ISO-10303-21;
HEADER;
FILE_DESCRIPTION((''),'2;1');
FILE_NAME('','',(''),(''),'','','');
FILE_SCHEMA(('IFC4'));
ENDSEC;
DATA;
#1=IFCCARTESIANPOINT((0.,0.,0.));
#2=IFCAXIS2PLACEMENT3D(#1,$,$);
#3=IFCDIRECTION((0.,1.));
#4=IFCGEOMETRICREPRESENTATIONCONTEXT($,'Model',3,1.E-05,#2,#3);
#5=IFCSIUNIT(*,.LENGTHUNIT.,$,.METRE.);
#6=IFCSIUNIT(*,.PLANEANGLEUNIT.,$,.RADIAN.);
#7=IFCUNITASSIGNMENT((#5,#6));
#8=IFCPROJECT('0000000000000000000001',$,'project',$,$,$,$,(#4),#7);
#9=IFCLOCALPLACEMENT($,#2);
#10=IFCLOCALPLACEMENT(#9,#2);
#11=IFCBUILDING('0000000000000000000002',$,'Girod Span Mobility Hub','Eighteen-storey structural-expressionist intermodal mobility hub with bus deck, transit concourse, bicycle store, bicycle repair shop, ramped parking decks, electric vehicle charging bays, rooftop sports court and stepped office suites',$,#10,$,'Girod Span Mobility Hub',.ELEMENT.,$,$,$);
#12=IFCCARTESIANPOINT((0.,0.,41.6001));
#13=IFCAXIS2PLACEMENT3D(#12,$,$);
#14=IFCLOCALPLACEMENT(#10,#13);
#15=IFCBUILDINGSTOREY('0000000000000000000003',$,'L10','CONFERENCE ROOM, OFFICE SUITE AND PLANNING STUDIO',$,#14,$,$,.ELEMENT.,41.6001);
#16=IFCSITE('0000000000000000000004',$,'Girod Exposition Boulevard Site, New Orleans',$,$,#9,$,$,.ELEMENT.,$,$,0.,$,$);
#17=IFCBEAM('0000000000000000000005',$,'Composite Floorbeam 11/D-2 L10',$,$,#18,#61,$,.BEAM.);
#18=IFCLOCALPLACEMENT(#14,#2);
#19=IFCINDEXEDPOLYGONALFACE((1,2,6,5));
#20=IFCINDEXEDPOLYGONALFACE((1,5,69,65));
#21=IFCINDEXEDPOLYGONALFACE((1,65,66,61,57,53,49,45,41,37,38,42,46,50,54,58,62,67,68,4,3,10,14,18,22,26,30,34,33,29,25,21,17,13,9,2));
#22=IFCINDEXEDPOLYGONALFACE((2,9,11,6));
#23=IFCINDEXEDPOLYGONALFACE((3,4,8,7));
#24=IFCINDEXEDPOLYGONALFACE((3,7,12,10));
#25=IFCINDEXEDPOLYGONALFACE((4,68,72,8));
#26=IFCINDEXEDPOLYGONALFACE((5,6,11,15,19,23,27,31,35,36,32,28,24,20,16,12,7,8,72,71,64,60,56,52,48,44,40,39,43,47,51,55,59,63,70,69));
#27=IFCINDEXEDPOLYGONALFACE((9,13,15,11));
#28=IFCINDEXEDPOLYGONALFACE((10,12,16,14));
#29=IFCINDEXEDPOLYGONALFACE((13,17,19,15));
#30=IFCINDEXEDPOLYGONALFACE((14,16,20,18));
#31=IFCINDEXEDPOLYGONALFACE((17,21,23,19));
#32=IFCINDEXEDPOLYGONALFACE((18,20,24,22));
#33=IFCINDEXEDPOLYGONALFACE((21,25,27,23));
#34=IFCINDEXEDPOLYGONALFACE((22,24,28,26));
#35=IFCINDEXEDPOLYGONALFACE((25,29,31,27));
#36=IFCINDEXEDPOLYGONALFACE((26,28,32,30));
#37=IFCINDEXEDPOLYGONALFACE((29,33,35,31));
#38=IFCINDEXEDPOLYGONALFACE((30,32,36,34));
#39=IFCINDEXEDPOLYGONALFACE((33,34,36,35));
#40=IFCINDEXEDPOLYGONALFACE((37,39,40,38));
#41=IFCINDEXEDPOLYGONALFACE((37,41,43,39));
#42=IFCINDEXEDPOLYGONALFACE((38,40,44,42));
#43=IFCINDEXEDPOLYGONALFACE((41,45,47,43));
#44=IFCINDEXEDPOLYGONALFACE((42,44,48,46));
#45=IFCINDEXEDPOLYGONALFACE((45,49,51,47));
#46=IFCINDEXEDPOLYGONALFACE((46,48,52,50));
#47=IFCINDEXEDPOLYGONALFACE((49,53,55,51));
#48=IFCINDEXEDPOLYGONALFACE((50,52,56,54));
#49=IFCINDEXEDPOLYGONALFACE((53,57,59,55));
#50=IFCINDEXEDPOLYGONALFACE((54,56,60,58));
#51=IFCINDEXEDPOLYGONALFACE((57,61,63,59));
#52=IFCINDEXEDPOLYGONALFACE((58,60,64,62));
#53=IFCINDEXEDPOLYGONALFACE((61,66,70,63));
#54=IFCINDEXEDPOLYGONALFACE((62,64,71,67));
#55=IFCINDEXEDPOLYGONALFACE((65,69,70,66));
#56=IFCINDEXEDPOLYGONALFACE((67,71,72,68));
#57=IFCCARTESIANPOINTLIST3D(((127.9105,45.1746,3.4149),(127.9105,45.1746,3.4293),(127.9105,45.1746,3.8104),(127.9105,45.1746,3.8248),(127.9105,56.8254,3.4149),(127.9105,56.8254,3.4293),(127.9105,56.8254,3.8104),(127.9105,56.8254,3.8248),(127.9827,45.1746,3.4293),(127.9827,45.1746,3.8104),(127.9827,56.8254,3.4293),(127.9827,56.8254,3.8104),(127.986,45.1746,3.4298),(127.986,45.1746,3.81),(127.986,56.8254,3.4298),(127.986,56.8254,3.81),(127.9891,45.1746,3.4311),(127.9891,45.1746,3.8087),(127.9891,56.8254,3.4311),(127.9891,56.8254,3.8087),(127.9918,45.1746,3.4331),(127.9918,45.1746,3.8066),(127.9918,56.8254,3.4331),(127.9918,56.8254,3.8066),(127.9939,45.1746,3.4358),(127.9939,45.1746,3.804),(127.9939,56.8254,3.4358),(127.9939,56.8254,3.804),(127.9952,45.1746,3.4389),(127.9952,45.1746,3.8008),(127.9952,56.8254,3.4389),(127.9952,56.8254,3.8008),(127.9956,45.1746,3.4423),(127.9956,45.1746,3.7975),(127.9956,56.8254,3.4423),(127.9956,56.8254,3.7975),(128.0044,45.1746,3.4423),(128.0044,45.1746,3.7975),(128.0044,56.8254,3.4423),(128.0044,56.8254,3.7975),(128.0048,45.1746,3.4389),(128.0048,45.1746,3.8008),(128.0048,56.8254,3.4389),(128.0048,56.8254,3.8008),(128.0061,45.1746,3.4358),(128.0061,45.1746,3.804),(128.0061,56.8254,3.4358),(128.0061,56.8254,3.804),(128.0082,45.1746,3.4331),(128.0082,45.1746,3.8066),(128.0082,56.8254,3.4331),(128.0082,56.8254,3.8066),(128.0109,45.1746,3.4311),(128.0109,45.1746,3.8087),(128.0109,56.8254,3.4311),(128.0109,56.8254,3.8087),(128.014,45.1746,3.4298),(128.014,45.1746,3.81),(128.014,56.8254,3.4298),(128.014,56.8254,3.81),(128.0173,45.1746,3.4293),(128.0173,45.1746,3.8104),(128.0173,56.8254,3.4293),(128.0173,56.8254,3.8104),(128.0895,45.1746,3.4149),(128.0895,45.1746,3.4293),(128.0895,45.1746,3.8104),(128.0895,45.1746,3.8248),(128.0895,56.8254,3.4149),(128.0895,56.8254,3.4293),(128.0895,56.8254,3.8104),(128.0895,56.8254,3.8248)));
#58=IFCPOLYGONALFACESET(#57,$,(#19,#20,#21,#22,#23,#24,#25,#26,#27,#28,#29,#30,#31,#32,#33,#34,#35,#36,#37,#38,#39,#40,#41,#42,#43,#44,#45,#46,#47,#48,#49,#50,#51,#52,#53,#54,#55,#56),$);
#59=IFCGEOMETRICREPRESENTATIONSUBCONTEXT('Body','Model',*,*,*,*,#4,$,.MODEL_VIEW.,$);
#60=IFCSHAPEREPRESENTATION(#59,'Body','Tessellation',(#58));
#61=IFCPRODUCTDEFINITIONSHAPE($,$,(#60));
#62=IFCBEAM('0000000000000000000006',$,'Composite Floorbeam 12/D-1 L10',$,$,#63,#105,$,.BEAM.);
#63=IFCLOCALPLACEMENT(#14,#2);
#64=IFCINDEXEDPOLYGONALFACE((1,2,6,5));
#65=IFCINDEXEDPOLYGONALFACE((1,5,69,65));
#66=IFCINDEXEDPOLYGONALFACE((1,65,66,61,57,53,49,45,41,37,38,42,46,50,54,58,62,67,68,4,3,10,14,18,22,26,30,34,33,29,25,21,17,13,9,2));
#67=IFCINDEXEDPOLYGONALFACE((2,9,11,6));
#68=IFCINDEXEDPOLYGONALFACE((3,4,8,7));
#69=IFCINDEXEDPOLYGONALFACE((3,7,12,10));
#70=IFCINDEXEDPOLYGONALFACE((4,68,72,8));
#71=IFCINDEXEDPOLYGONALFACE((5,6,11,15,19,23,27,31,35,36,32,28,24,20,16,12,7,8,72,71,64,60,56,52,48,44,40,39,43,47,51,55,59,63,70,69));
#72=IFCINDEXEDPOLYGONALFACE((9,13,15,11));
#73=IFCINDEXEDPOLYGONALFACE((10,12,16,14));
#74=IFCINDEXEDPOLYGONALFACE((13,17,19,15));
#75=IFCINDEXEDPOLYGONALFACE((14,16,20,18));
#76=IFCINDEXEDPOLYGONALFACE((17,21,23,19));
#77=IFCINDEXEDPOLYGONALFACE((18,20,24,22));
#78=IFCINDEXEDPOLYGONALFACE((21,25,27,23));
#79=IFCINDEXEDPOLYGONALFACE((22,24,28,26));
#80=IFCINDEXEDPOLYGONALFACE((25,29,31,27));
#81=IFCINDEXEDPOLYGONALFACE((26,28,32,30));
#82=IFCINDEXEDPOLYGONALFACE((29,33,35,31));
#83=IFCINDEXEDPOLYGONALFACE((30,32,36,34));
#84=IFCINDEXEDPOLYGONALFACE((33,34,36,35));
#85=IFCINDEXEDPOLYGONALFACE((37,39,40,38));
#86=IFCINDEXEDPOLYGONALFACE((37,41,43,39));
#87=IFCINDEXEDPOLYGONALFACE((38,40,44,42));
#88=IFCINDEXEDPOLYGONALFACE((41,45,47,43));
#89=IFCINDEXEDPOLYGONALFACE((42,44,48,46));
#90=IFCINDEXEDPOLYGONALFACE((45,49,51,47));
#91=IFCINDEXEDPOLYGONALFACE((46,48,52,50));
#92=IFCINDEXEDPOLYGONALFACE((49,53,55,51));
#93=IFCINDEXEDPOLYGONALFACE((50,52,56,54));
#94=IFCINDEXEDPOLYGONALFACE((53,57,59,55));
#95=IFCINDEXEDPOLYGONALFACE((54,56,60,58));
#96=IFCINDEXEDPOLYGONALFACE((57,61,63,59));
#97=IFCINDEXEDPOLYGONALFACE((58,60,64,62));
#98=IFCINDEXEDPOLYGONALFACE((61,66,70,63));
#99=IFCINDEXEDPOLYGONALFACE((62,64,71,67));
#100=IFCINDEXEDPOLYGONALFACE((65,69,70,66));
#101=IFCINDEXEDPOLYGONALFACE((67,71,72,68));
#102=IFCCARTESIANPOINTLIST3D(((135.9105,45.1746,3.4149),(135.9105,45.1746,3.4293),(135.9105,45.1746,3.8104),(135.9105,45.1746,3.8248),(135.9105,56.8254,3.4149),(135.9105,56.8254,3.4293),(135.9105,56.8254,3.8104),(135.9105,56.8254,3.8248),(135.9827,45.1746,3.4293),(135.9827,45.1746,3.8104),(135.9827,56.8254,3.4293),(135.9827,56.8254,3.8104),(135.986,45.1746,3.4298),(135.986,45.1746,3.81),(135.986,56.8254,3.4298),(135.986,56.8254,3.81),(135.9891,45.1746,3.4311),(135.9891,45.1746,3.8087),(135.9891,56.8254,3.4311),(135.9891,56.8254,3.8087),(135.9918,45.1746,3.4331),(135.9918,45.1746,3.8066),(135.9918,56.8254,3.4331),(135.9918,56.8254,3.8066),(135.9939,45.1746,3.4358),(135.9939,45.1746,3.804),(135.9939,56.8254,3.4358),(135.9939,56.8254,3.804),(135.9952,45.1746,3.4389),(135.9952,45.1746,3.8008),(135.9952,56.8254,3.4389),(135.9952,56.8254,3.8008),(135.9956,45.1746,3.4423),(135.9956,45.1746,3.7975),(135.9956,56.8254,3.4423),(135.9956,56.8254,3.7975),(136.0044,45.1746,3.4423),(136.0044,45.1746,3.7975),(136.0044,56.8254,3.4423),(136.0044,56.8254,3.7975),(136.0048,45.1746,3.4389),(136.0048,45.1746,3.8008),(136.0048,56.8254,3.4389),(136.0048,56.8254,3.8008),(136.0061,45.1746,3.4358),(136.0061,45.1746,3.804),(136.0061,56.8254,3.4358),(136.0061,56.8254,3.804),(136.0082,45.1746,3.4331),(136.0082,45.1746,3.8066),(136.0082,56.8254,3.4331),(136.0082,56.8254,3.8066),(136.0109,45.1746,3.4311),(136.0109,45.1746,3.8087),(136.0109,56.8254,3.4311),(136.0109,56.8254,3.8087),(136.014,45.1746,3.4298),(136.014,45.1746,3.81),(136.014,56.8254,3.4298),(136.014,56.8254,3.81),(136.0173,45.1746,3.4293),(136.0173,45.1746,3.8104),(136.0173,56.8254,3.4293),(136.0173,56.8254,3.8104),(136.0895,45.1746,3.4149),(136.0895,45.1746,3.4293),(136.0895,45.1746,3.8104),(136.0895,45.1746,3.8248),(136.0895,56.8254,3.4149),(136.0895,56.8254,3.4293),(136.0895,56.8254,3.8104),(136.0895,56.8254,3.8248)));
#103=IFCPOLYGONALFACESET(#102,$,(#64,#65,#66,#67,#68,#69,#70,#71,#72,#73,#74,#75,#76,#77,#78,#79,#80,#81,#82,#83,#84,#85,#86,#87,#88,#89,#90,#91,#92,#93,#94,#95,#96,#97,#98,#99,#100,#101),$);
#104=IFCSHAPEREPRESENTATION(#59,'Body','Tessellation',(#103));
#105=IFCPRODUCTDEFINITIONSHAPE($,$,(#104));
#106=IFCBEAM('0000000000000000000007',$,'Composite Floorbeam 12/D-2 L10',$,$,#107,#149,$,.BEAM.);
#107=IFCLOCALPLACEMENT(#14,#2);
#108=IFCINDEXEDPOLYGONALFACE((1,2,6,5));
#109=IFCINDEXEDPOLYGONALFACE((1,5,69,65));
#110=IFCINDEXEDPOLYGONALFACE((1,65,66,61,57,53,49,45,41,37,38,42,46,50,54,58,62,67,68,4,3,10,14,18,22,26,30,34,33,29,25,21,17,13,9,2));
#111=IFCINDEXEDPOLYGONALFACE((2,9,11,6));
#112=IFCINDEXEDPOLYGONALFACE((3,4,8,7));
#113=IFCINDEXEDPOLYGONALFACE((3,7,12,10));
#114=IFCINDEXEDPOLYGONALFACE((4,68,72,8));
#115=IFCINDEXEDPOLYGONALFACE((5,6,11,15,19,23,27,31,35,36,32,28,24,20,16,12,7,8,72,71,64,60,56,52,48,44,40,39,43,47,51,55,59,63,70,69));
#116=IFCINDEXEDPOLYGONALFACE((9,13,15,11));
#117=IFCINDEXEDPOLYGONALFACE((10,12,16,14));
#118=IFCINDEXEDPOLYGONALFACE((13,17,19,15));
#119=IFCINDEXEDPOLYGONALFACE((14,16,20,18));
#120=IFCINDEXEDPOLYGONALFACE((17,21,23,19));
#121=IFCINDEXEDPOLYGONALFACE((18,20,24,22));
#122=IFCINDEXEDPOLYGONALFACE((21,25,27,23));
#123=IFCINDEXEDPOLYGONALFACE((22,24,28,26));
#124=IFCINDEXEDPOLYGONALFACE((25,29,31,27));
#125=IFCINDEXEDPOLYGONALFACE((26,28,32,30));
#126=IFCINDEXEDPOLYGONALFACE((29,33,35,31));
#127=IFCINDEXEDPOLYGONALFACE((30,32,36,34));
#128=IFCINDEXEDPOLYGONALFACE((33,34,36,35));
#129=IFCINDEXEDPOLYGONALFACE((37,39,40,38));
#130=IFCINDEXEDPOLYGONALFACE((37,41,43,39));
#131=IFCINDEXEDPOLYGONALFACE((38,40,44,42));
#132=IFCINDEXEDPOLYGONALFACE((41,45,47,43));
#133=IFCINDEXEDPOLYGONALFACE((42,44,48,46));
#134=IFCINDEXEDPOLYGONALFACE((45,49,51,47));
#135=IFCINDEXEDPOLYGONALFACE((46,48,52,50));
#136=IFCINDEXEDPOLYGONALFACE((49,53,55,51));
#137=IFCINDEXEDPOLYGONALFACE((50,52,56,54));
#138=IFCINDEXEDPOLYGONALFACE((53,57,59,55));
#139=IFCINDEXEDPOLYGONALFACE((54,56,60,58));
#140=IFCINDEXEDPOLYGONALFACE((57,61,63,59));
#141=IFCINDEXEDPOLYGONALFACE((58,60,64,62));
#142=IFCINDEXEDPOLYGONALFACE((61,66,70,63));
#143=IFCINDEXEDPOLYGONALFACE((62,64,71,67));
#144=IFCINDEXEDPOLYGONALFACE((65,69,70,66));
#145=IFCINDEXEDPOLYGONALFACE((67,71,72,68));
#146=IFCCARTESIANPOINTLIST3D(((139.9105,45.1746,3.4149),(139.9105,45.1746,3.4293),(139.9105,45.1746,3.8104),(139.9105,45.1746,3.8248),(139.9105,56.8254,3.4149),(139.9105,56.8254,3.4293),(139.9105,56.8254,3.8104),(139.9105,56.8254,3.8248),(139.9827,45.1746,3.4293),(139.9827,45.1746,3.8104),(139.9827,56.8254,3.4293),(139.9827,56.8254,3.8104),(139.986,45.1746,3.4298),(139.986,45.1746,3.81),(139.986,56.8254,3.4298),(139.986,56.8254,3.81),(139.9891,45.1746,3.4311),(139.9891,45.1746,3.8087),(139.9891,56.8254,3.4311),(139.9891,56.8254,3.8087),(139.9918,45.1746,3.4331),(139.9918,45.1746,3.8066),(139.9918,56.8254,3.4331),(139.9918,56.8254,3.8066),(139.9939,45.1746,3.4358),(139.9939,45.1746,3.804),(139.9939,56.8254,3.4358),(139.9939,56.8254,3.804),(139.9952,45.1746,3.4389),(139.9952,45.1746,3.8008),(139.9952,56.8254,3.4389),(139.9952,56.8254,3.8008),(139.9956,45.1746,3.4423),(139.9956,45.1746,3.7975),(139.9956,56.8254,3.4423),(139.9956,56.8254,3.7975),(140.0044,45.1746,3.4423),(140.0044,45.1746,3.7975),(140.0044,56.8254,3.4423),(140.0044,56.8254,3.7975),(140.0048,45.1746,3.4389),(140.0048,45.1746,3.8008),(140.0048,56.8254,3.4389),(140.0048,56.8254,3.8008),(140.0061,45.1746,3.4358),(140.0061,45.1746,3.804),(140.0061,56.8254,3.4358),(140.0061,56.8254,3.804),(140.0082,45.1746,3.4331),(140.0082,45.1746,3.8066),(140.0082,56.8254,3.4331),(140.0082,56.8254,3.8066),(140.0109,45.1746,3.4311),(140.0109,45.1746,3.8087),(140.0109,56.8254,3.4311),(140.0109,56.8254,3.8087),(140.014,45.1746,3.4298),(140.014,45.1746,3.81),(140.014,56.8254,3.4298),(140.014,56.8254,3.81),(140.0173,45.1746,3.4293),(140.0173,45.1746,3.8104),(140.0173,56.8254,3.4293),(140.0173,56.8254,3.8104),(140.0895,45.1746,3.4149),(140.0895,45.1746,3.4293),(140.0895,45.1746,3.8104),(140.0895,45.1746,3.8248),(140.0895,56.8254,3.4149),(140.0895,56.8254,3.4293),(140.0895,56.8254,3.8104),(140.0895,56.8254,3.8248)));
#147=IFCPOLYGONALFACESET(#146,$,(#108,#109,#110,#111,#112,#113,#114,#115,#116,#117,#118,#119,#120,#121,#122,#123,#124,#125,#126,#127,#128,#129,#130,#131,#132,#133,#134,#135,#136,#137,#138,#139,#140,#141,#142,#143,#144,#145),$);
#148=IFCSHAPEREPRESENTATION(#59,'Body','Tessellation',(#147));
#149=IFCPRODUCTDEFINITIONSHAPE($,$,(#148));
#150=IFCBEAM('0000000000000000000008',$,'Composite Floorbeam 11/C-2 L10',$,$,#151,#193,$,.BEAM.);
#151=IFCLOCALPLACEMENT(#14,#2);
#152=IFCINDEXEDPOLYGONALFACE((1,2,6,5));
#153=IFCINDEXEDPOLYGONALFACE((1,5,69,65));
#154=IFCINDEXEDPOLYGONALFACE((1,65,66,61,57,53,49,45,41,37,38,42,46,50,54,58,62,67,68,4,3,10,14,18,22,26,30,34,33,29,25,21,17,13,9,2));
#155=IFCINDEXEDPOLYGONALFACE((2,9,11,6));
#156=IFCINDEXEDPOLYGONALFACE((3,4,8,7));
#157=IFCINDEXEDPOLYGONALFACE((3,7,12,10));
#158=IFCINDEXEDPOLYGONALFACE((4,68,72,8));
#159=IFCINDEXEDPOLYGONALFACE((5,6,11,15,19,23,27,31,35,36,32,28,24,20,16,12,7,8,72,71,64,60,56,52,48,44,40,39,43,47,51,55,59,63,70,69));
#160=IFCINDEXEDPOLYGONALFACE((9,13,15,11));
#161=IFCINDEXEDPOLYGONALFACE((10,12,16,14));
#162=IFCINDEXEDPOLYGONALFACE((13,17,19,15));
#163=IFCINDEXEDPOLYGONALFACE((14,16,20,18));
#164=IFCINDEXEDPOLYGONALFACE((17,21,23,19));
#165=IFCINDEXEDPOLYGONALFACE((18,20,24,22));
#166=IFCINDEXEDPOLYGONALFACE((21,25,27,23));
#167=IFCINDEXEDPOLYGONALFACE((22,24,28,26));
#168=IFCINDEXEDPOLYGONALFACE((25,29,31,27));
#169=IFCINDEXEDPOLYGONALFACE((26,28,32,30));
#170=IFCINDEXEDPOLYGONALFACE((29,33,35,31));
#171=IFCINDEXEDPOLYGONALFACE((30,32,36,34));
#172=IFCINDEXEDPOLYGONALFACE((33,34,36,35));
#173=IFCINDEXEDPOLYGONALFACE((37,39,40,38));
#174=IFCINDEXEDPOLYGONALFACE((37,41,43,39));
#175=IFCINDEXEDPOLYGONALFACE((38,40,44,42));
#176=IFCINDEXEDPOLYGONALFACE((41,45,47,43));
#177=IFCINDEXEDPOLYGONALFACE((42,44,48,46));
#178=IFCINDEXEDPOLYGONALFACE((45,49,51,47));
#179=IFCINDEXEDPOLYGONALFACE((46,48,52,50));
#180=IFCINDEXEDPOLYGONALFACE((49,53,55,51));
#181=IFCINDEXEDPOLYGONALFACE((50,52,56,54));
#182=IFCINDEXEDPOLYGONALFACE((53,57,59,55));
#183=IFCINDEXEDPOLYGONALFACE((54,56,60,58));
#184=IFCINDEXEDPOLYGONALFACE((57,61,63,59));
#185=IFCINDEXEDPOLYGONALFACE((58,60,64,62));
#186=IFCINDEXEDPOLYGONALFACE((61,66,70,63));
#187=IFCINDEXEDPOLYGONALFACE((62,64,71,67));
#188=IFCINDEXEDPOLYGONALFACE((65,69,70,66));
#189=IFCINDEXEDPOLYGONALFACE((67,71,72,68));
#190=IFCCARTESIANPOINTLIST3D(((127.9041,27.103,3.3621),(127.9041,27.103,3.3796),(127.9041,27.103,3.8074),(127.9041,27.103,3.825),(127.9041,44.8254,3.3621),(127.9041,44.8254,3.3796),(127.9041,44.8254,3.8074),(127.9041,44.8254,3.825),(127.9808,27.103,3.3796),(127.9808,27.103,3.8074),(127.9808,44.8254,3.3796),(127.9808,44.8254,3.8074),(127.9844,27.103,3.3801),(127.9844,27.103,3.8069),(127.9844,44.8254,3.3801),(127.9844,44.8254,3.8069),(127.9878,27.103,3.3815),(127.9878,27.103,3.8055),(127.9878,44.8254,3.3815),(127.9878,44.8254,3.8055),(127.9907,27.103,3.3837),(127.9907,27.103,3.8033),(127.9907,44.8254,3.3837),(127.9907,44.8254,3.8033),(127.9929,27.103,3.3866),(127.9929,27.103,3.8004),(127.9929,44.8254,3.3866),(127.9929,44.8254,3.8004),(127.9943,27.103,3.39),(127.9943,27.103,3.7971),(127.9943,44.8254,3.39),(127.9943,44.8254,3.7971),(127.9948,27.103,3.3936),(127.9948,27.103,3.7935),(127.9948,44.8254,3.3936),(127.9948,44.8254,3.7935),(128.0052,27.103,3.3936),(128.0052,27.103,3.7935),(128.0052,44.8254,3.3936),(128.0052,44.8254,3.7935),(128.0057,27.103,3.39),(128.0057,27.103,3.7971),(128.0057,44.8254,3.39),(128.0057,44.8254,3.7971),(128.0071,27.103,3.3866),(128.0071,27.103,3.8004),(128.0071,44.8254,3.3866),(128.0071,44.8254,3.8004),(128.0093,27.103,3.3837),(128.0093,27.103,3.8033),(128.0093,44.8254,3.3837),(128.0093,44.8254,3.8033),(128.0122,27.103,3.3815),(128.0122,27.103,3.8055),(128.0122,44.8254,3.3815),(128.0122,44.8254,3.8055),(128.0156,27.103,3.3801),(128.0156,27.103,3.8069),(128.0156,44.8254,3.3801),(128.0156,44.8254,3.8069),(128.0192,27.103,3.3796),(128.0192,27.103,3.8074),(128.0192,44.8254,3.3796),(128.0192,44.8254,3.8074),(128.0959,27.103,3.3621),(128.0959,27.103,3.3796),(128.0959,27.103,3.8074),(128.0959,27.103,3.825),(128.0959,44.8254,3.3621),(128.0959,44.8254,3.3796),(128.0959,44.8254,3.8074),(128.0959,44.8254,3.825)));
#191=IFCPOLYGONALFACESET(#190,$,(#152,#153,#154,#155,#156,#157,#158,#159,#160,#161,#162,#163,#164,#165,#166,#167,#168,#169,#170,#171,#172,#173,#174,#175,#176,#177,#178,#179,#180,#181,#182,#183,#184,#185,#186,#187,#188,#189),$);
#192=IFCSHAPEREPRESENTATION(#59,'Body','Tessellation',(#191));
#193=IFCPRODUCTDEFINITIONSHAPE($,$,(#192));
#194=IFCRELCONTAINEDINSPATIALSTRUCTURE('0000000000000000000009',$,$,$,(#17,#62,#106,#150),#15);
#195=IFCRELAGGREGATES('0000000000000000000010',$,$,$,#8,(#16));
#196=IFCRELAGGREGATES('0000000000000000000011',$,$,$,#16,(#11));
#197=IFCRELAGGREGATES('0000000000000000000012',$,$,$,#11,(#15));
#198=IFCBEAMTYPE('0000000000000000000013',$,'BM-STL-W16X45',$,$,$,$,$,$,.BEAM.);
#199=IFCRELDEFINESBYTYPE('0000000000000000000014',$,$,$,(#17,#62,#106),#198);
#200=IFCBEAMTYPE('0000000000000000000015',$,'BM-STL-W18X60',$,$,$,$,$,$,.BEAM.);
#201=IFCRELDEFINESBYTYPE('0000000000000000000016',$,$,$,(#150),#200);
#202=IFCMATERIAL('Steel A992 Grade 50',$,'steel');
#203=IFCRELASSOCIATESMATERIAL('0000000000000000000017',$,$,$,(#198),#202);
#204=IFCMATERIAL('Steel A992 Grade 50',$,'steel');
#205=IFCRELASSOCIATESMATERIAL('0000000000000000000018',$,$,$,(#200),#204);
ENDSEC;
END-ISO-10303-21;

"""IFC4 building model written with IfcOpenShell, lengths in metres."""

from ifc_helpers import new_model, si_unit, direction, frame, origin, origin_2d, place, context, subcontext, project, spatial, i_section, extrude, material, material_profile, profile_set, type_object, element, save


model = new_model("IFC4")

# Units and contexts
model_context = context("Model", 3, precision=1e-05, world=origin(), true_north=direction((0.0, 1.0)))
body_context = subcontext(model_context, "Body", "Model", "MODEL_VIEW")
ifc_project = project(units=[si_unit("LENGTHUNIT", "METRE"), si_unit("PLANEANGLEUNIT", "RADIAN")], contexts=[model_context])

# Site, building, storey
site_placement = place(None, origin())
site = spatial("IfcSite", under=ifc_project, at=site_placement, Name="Girod Exposition Boulevard Site, New Orleans", CompositionType="ELEMENT", RefElevation=0.0)
building_placement = place(site_placement, origin())
building = spatial("IfcBuilding", under=site, at=building_placement, Name="Girod Span Mobility Hub", Description="Eighteen-storey structural-expressionist intermodal mobility hub with bus deck, transit concourse, bicycle store, bicycle repair shop, ramped parking decks, electric vehicle charging bays, rooftop sports court and stepped office suites", LongName="Girod Span Mobility Hub", CompositionType="ELEMENT")
storey_placement = place(building_placement, frame((0.0, 0.0, 41.6001)))
storey = spatial("IfcBuildingStorey", under=building, at=storey_placement, Name="L10", Description="CONFERENCE ROOM, OFFICE SUITE AND PLANNING STUDIO", CompositionType="ELEMENT", Elevation=41.6001)

# Beams
ifc_material_1 = material(Name="Steel A992 Grade 50", Category="steel")
ifc_material_profile_1 = material_profile(ifc_material_1, i_section(OverallWidth=0.179, OverallDepth=0.4099, WebThickness=0.0088, FlangeThickness=0.0144, FilletRadius=0.0129, at=origin_2d()), Name="W16X45")
ifc_profile_set_1 = profile_set([ifc_material_profile_1], Name="Steel A992 Grade 50")
beam_type_1 = type_object("IfcBeamType", Name="BM-STL-W16X45", PredefinedType="BEAM", material=ifc_profile_set_1)
for number, where, z_axis, x_axis, name in (
    (1, (128.0, 45.1746, 3.6199), (0.0, 1.0, 0.0), (-1.0, 0.0, 0.0), "Composite Floorbeam 11/D-2 L10"),
    (2, (136.0, 45.1746, 3.6199), (0.0, 1.0, 0.0), (-1.0, 0.0, 0.0), "Composite Floorbeam 12/D-1 L10"),
    (3, (140.0, 45.1746, 3.6199), (0.0, 1.0, 0.0), (-1.0, 0.0, 0.0), "Composite Floorbeam 12/D-2 L10"),
):
    element("IfcBeam", number, at=place(storey_placement, frame(where, z_axis=z_axis, x_axis=x_axis)), inside=storey, type_object=beam_type_1, Name=name, PredefinedType="BEAM", context=body_context, shape_type="SweptSolid", body=[
        extrude(i_section(OverallWidth=0.179, OverallDepth=0.4099, WebThickness=0.0088, FlangeThickness=0.0144, FilletRadius=0.0129, at=origin_2d()), origin(), (0.0, 0.0, 1.0), 11.6509),
    ])
ifc_material_2 = material(Name="Steel A992 Grade 50", Category="steel")
ifc_material_profile_2 = material_profile(ifc_material_2, i_section(OverallWidth=0.1919, OverallDepth=0.4629, WebThickness=0.0105, FlangeThickness=0.0176, FilletRadius=0.0139, at=origin_2d()), Name="W18X60")
ifc_profile_set_2 = profile_set([ifc_material_profile_2], Name="Steel A992 Grade 50")
beam_type_2 = type_object("IfcBeamType", Name="BM-STL-W18X60", PredefinedType="BEAM", material=ifc_profile_set_2)
for number, where, z_axis, x_axis, name in (
    (4, (128.0, 27.103, 3.5935), (0.0, 1.0, 0.0), (-1.0, 0.0, 0.0), "Composite Floorbeam 11/C-2 L10"),
):
    element("IfcBeam", number, at=place(storey_placement, frame(where, z_axis=z_axis, x_axis=x_axis)), inside=storey, type_object=beam_type_2, Name=name, PredefinedType="BEAM", context=body_context, shape_type="SweptSolid", body=[
        extrude(i_section(OverallWidth=0.1919, OverallDepth=0.4629, WebThickness=0.0105, FlangeThickness=0.0176, FilletRadius=0.0139, at=origin_2d()), origin(), (0.0, 0.0, 1.0), 17.7224),
    ])

save(model, "model.ifc")
